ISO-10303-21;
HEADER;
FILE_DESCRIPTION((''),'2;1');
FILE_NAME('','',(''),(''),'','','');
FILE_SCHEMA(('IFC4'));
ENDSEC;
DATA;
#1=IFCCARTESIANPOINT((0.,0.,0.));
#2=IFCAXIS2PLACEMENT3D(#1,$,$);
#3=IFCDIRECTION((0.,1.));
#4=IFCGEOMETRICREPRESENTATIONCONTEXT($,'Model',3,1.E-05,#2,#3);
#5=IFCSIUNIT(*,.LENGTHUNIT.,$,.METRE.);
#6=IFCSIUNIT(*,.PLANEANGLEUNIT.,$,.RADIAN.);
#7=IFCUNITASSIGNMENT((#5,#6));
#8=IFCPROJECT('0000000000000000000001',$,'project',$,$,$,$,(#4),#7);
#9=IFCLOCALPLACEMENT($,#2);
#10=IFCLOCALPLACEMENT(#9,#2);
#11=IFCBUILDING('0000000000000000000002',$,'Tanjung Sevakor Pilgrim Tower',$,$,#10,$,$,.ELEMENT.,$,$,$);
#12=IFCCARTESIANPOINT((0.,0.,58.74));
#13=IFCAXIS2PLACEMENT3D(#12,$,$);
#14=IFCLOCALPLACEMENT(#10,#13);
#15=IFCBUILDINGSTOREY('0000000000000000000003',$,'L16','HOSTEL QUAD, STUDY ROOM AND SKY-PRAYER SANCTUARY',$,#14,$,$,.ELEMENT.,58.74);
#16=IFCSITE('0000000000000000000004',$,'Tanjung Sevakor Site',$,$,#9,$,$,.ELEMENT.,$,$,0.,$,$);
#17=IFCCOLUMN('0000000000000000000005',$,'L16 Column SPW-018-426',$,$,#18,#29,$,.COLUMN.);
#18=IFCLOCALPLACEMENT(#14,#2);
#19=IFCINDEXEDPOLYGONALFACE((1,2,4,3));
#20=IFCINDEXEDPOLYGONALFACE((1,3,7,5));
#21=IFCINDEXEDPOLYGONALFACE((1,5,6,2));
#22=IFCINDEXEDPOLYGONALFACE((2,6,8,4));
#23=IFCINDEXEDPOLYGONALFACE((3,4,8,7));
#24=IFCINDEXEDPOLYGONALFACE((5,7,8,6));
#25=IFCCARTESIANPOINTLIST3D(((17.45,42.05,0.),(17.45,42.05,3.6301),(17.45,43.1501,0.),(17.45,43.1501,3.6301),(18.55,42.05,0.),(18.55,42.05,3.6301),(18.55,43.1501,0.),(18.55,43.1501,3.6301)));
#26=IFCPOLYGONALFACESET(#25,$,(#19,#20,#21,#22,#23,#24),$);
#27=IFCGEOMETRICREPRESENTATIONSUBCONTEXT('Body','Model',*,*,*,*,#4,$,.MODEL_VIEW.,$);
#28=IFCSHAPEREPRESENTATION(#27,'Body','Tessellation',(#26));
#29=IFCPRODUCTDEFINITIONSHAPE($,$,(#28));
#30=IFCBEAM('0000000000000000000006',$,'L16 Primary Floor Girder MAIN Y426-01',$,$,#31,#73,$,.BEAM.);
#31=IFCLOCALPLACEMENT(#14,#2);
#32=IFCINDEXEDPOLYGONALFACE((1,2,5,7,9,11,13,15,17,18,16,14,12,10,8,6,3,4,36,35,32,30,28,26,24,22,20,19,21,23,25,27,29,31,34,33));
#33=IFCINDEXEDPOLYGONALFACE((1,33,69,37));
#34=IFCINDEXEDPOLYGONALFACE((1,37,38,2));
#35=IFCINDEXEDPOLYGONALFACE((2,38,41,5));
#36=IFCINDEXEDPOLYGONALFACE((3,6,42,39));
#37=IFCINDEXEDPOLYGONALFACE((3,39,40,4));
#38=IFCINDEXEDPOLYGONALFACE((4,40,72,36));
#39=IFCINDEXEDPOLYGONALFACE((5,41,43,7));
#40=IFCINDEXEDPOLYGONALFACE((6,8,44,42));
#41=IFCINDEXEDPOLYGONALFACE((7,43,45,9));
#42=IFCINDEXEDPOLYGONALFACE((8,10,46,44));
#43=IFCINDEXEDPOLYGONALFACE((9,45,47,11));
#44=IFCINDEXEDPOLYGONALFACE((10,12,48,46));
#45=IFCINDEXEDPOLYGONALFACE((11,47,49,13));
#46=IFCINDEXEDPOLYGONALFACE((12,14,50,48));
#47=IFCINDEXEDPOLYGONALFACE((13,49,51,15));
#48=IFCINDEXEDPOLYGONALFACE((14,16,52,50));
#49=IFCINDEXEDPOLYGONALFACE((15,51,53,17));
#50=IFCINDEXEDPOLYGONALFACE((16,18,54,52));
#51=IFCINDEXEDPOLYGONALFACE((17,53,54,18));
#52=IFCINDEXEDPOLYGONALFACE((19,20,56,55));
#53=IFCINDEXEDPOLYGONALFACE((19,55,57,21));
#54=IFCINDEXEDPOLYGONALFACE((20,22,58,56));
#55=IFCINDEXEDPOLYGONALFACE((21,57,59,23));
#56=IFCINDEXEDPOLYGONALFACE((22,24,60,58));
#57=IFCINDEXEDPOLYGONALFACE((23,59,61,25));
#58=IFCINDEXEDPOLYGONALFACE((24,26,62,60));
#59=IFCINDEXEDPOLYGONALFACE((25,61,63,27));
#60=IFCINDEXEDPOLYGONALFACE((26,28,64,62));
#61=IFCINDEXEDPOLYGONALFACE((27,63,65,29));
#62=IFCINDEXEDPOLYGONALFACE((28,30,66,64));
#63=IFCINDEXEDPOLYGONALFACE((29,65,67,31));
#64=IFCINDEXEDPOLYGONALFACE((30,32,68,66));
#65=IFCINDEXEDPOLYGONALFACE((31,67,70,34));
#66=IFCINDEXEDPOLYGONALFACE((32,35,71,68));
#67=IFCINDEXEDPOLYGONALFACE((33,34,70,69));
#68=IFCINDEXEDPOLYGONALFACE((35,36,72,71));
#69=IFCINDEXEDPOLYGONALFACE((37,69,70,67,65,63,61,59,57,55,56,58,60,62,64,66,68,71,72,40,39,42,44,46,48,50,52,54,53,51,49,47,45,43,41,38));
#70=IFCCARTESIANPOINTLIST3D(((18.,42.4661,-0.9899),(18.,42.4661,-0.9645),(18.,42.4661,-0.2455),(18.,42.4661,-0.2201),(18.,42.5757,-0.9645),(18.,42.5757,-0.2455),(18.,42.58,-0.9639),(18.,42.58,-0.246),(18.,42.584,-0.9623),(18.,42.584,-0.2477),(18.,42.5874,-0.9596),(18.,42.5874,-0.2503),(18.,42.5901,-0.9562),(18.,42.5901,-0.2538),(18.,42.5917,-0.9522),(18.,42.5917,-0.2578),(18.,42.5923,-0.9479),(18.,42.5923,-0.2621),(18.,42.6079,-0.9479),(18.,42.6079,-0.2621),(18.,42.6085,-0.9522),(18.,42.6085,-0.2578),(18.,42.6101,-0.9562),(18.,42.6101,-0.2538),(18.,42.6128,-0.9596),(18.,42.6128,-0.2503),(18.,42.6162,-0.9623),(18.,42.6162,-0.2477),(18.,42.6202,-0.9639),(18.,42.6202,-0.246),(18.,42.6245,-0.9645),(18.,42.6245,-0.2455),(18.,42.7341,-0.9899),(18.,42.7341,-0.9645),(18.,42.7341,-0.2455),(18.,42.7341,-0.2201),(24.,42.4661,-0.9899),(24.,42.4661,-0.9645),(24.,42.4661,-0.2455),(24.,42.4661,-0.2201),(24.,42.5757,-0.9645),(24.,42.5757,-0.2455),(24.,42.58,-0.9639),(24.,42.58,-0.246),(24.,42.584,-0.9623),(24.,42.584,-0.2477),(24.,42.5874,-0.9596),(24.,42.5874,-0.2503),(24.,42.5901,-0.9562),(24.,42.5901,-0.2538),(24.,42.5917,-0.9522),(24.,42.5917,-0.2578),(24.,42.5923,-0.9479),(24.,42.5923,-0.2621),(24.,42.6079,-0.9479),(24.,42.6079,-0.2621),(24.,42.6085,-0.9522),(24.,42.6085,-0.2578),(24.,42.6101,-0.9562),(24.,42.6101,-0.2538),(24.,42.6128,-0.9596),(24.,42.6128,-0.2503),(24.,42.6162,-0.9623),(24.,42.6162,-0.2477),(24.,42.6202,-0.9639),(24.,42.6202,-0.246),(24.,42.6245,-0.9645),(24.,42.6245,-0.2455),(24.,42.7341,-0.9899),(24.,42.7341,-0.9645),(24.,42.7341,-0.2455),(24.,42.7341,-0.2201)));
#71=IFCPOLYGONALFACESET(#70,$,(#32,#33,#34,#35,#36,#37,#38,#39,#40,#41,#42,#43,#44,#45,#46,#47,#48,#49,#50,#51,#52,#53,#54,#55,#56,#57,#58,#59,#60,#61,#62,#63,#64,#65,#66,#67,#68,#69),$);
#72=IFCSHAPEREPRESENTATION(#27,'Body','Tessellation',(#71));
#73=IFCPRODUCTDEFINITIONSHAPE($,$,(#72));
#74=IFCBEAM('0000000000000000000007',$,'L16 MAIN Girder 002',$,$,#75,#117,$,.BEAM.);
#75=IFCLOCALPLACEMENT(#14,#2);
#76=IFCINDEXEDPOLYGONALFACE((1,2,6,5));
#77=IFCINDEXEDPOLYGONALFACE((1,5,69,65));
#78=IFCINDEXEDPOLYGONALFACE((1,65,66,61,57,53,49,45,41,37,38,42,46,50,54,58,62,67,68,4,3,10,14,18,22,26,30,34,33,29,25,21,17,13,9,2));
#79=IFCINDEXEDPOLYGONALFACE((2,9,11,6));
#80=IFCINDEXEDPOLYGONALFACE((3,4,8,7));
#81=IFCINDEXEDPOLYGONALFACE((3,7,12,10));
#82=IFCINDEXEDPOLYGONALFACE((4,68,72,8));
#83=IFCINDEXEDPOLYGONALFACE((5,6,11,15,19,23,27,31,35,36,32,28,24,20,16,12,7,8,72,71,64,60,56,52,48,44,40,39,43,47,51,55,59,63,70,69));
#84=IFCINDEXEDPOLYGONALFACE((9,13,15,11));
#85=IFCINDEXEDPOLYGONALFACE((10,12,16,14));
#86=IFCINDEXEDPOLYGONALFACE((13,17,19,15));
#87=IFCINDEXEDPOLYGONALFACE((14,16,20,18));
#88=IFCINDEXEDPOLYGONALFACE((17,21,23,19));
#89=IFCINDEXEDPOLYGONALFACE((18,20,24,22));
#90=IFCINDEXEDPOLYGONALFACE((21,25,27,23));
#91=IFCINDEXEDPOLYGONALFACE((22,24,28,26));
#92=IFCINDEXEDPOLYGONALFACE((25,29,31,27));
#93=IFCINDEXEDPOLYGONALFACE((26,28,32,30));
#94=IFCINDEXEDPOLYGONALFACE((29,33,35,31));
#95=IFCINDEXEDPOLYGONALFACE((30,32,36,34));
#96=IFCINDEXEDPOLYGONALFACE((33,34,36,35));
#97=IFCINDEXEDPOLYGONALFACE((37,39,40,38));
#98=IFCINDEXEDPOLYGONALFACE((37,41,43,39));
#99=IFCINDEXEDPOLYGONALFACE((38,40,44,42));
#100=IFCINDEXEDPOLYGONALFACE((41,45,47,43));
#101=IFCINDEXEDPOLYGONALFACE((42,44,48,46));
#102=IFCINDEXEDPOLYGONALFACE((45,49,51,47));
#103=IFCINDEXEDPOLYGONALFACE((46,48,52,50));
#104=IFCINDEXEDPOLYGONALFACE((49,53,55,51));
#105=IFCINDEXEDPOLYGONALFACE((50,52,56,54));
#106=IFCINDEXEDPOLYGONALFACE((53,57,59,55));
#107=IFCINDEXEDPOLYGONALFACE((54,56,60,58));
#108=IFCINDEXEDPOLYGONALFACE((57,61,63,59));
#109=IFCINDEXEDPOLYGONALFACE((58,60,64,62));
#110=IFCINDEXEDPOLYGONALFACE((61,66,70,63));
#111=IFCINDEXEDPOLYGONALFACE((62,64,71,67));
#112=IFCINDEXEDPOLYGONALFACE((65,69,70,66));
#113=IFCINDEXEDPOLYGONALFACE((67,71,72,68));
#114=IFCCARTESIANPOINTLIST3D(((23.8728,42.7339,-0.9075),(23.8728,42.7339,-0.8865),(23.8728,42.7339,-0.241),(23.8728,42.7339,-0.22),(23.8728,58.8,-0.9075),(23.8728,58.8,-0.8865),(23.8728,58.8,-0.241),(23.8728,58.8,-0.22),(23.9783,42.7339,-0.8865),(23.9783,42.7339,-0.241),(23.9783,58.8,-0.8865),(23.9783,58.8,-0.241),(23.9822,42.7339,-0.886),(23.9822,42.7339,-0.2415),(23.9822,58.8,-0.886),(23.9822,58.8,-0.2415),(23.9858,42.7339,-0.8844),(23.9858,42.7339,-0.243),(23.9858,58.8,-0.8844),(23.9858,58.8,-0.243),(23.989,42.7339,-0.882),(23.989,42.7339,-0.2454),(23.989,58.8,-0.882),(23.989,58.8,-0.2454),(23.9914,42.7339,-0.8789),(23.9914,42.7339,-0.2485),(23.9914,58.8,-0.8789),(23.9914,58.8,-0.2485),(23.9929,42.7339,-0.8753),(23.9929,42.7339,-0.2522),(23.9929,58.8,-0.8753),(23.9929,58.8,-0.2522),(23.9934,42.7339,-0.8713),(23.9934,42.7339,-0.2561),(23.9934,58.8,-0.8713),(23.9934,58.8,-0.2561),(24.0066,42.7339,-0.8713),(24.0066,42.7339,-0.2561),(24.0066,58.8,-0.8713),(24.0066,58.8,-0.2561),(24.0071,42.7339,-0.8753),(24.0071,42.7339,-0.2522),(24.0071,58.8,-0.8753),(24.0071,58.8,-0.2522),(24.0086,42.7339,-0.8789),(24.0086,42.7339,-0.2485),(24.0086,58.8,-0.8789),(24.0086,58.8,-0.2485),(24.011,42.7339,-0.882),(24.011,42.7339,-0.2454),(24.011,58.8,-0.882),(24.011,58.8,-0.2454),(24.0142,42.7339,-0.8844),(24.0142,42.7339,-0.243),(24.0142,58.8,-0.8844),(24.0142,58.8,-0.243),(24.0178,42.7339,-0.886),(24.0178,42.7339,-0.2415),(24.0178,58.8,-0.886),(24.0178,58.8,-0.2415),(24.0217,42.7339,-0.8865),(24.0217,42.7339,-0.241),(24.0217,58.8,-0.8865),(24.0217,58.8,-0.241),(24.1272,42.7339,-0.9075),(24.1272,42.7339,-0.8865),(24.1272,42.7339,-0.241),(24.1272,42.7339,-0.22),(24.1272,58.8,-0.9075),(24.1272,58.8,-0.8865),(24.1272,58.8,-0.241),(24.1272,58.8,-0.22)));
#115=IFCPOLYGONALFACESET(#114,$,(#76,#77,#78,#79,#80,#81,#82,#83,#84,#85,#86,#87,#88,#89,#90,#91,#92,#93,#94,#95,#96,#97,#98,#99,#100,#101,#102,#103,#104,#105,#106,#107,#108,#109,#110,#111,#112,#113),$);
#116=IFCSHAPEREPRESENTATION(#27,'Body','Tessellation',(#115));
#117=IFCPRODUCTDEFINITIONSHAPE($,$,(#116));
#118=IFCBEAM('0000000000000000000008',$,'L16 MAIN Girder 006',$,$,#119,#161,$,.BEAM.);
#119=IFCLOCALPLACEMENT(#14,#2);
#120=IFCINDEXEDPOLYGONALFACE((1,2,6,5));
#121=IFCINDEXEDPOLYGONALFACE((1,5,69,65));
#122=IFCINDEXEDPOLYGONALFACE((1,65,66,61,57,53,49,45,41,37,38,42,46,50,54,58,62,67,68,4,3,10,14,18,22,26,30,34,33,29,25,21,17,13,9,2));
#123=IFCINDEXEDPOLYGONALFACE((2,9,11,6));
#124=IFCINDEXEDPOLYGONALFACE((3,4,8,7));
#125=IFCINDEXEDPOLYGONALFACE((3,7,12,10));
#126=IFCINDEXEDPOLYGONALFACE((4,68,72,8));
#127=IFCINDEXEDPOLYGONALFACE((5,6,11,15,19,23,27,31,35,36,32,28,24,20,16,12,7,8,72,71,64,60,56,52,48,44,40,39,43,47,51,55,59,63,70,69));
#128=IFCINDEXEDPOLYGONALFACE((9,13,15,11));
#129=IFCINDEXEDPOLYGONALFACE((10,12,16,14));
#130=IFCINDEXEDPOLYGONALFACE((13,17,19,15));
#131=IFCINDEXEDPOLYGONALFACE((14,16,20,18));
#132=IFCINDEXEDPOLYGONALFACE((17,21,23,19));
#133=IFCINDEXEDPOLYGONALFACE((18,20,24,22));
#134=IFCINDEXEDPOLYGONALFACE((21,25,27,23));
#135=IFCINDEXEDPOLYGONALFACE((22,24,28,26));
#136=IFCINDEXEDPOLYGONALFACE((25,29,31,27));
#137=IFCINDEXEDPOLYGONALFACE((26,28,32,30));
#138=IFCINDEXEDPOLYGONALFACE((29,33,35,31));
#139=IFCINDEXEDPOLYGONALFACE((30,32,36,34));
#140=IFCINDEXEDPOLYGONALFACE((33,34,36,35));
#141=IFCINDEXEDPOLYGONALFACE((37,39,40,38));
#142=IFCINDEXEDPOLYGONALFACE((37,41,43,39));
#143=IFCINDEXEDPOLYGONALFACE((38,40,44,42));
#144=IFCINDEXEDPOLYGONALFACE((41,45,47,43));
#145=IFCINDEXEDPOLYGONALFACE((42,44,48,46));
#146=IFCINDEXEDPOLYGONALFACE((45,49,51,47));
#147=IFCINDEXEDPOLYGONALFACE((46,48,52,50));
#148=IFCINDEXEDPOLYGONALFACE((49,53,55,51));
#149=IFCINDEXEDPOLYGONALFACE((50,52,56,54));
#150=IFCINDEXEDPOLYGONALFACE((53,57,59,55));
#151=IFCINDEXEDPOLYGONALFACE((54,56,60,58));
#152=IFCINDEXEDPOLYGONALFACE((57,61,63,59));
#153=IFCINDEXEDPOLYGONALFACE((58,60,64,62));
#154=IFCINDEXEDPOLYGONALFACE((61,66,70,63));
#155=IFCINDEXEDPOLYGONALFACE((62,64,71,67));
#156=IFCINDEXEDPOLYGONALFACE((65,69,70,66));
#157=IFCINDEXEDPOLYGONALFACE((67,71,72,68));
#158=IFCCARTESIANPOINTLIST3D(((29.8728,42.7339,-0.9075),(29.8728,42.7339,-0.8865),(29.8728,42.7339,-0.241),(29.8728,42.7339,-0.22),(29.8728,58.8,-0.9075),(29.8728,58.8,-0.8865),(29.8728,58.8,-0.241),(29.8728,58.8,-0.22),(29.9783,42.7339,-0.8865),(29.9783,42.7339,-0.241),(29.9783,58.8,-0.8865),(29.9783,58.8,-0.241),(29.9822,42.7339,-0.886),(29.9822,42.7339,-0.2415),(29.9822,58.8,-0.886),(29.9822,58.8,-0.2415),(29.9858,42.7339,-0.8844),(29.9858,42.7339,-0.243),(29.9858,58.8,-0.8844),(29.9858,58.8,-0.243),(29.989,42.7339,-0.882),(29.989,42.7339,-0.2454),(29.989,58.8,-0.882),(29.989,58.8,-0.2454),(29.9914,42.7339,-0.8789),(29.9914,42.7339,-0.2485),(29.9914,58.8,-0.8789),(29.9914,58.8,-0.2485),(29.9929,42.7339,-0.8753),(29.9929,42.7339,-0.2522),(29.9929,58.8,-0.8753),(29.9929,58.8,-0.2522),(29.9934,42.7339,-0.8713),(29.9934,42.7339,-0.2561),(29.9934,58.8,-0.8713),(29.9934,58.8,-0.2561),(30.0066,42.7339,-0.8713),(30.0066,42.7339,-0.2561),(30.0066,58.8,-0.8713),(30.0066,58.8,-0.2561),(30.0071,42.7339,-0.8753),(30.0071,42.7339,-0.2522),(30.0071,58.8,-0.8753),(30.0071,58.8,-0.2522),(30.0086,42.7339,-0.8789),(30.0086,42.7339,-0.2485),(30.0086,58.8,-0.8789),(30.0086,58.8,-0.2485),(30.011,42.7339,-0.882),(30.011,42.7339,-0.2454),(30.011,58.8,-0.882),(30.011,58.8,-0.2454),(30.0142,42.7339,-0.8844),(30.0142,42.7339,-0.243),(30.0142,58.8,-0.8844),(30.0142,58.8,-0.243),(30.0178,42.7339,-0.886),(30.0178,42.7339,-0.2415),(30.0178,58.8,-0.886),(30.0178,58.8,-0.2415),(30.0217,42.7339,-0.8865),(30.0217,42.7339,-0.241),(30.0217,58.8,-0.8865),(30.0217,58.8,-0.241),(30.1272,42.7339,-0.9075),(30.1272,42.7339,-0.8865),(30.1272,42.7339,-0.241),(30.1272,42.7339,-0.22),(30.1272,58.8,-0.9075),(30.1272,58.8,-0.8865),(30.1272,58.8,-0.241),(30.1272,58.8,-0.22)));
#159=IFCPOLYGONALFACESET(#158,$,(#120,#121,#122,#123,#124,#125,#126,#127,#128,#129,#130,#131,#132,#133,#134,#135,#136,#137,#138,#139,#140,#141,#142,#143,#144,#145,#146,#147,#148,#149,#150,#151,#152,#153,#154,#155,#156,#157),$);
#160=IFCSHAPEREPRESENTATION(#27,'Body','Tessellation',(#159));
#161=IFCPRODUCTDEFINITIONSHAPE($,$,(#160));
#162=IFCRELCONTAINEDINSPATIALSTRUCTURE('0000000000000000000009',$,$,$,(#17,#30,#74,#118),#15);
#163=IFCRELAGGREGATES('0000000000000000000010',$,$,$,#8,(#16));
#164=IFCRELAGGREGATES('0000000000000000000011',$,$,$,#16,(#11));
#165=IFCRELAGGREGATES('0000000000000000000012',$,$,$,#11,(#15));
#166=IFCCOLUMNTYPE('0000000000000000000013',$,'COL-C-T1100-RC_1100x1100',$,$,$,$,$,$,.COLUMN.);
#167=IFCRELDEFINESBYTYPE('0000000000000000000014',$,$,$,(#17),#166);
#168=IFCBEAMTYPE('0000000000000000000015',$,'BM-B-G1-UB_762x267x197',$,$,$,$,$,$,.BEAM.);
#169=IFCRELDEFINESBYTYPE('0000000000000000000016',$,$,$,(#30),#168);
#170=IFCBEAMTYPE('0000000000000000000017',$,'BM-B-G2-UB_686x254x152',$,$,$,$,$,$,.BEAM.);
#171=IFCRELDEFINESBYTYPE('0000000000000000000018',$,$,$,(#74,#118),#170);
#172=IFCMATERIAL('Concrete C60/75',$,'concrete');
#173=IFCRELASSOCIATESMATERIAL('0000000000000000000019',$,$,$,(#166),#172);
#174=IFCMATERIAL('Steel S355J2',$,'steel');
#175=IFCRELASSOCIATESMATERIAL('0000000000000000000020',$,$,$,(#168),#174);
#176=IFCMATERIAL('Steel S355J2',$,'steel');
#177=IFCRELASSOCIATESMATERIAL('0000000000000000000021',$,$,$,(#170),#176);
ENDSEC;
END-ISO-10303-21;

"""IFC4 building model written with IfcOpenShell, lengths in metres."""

from ifc_helpers import new_model, si_unit, direction, frame, origin, origin_2d, place, context, subcontext, project, spatial, rectangle, i_section, extrude, material, material_profile, profile_set, type_object, element, save


model = new_model("IFC4")

# Units and contexts
model_context = context("Model", 3, precision=1e-05, world=origin(), true_north=direction((0.0, 1.0)))
body_context = subcontext(model_context, "Body", "Model", "MODEL_VIEW")
ifc_project = project(units=[si_unit("LENGTHUNIT", "METRE"), si_unit("PLANEANGLEUNIT", "RADIAN")], contexts=[model_context])

# Site, building, storey
site_placement = place(None, origin())
site = spatial("IfcSite", under=ifc_project, at=site_placement, Name="Tanjung Sevakor Site", CompositionType="ELEMENT", RefElevation=0.0)
building_placement = place(site_placement, origin())
building = spatial("IfcBuilding", under=site, at=building_placement, Name="Tanjung Sevakor Pilgrim Tower", CompositionType="ELEMENT")
storey_placement = place(building_placement, frame((0.0, 0.0, 58.74)))
storey = spatial("IfcBuildingStorey", under=building, at=storey_placement, Name="L16", Description="HOSTEL QUAD, STUDY ROOM AND SKY-PRAYER SANCTUARY", CompositionType="ELEMENT", Elevation=58.74)

# Column
ifc_material_1 = material(Name="Concrete C60/75", Category="concrete")
ifc_material_profile_1 = material_profile(ifc_material_1, rectangle(XDim=1.1001, YDim=1.1001, at=origin_2d()))
ifc_profile_set_1 = profile_set([ifc_material_profile_1], Name="Concrete C60/75")
column_type = type_object("IfcColumnType", Name="COL-C-T1100-RC_1100x1100", PredefinedType="COLUMN", material=ifc_profile_set_1)
column_placement = place(storey_placement, frame((18.0, 42.6001, 0.0), z_axis=(0.0, 0.0, 1.0), x_axis=(1.0, 0.0, 0.0)))
element("IfcColumn", 1, at=column_placement, inside=storey, type_object=column_type, Name="L16 Column SPW-018-426", PredefinedType="COLUMN", context=body_context, shape_type="SweptSolid", body=[
    extrude(rectangle(XDim=1.1001, YDim=1.1001, at=origin_2d()), origin(), (0.0, 0.0, 1.0), 3.6301),
])

# Beams
ifc_material_2 = material(Name="Steel S355J2", Category="steel")
ifc_material_profile_2 = material_profile(ifc_material_2, i_section(OverallWidth=0.2681, OverallDepth=0.7698, WebThickness=0.0156, FlangeThickness=0.0254, FilletRadius=0.0166, at=origin_2d()))
ifc_profile_set_2 = profile_set([ifc_material_profile_2], Name="Steel S355J2")
beam_type_1 = type_object("IfcBeamType", Name="BM-B-G1-UB_762x267x197", PredefinedType="BEAM", material=ifc_profile_set_2)
beam_1_placement = place(storey_placement, frame((18.0, 42.6001, -0.605), z_axis=(1.0, 0.0, 0.0), x_axis=(0.0, 1.0, 0.0)))
element("IfcBeam", 2, at=beam_1_placement, inside=storey, type_object=beam_type_1, Name="L16 Primary Floor Girder MAIN Y426-01", PredefinedType="BEAM", context=body_context, shape_type="SweptSolid", body=[
    extrude(i_section(OverallWidth=0.2681, OverallDepth=0.7698, WebThickness=0.0156, FlangeThickness=0.0254, FilletRadius=0.0166, at=origin_2d()), origin(), (0.0, 0.0, 1.0), 6.0),
])
ifc_material_3 = material(Name="Steel S355J2", Category="steel")
ifc_material_profile_3 = material_profile(ifc_material_3, i_section(OverallWidth=0.2544, OverallDepth=0.6875, WebThickness=0.0132, FlangeThickness=0.021, FilletRadius=0.0151, at=origin_2d()))
ifc_profile_set_3 = profile_set([ifc_material_profile_3], Name="Steel S355J2")
beam_type_2 = type_object("IfcBeamType", Name="BM-B-G2-UB_686x254x152", PredefinedType="BEAM", material=ifc_profile_set_3)
for number, where, z_axis, x_axis, name in (
    (3, (24.0, 42.7339, -0.5637), (0.0, 1.0, 0.0), (-1.0, 0.0, 0.0), "L16 MAIN Girder 002"),
    (4, (30.0, 42.7339, -0.5637), (0.0, 1.0, 0.0), (-1.0, 0.0, 0.0), "L16 MAIN Girder 006"),
):
    element("IfcBeam", number, at=place(storey_placement, frame(where, z_axis=z_axis, x_axis=x_axis)), inside=storey, type_object=beam_type_2, Name=name, PredefinedType="BEAM", context=body_context, shape_type="SweptSolid", body=[
        extrude(i_section(OverallWidth=0.2544, OverallDepth=0.6875, WebThickness=0.0132, FlangeThickness=0.021, FilletRadius=0.0151, at=origin_2d()), origin(), (0.0, 0.0, 1.0), 16.0662),
    ])

save(model, "model.ifc")
